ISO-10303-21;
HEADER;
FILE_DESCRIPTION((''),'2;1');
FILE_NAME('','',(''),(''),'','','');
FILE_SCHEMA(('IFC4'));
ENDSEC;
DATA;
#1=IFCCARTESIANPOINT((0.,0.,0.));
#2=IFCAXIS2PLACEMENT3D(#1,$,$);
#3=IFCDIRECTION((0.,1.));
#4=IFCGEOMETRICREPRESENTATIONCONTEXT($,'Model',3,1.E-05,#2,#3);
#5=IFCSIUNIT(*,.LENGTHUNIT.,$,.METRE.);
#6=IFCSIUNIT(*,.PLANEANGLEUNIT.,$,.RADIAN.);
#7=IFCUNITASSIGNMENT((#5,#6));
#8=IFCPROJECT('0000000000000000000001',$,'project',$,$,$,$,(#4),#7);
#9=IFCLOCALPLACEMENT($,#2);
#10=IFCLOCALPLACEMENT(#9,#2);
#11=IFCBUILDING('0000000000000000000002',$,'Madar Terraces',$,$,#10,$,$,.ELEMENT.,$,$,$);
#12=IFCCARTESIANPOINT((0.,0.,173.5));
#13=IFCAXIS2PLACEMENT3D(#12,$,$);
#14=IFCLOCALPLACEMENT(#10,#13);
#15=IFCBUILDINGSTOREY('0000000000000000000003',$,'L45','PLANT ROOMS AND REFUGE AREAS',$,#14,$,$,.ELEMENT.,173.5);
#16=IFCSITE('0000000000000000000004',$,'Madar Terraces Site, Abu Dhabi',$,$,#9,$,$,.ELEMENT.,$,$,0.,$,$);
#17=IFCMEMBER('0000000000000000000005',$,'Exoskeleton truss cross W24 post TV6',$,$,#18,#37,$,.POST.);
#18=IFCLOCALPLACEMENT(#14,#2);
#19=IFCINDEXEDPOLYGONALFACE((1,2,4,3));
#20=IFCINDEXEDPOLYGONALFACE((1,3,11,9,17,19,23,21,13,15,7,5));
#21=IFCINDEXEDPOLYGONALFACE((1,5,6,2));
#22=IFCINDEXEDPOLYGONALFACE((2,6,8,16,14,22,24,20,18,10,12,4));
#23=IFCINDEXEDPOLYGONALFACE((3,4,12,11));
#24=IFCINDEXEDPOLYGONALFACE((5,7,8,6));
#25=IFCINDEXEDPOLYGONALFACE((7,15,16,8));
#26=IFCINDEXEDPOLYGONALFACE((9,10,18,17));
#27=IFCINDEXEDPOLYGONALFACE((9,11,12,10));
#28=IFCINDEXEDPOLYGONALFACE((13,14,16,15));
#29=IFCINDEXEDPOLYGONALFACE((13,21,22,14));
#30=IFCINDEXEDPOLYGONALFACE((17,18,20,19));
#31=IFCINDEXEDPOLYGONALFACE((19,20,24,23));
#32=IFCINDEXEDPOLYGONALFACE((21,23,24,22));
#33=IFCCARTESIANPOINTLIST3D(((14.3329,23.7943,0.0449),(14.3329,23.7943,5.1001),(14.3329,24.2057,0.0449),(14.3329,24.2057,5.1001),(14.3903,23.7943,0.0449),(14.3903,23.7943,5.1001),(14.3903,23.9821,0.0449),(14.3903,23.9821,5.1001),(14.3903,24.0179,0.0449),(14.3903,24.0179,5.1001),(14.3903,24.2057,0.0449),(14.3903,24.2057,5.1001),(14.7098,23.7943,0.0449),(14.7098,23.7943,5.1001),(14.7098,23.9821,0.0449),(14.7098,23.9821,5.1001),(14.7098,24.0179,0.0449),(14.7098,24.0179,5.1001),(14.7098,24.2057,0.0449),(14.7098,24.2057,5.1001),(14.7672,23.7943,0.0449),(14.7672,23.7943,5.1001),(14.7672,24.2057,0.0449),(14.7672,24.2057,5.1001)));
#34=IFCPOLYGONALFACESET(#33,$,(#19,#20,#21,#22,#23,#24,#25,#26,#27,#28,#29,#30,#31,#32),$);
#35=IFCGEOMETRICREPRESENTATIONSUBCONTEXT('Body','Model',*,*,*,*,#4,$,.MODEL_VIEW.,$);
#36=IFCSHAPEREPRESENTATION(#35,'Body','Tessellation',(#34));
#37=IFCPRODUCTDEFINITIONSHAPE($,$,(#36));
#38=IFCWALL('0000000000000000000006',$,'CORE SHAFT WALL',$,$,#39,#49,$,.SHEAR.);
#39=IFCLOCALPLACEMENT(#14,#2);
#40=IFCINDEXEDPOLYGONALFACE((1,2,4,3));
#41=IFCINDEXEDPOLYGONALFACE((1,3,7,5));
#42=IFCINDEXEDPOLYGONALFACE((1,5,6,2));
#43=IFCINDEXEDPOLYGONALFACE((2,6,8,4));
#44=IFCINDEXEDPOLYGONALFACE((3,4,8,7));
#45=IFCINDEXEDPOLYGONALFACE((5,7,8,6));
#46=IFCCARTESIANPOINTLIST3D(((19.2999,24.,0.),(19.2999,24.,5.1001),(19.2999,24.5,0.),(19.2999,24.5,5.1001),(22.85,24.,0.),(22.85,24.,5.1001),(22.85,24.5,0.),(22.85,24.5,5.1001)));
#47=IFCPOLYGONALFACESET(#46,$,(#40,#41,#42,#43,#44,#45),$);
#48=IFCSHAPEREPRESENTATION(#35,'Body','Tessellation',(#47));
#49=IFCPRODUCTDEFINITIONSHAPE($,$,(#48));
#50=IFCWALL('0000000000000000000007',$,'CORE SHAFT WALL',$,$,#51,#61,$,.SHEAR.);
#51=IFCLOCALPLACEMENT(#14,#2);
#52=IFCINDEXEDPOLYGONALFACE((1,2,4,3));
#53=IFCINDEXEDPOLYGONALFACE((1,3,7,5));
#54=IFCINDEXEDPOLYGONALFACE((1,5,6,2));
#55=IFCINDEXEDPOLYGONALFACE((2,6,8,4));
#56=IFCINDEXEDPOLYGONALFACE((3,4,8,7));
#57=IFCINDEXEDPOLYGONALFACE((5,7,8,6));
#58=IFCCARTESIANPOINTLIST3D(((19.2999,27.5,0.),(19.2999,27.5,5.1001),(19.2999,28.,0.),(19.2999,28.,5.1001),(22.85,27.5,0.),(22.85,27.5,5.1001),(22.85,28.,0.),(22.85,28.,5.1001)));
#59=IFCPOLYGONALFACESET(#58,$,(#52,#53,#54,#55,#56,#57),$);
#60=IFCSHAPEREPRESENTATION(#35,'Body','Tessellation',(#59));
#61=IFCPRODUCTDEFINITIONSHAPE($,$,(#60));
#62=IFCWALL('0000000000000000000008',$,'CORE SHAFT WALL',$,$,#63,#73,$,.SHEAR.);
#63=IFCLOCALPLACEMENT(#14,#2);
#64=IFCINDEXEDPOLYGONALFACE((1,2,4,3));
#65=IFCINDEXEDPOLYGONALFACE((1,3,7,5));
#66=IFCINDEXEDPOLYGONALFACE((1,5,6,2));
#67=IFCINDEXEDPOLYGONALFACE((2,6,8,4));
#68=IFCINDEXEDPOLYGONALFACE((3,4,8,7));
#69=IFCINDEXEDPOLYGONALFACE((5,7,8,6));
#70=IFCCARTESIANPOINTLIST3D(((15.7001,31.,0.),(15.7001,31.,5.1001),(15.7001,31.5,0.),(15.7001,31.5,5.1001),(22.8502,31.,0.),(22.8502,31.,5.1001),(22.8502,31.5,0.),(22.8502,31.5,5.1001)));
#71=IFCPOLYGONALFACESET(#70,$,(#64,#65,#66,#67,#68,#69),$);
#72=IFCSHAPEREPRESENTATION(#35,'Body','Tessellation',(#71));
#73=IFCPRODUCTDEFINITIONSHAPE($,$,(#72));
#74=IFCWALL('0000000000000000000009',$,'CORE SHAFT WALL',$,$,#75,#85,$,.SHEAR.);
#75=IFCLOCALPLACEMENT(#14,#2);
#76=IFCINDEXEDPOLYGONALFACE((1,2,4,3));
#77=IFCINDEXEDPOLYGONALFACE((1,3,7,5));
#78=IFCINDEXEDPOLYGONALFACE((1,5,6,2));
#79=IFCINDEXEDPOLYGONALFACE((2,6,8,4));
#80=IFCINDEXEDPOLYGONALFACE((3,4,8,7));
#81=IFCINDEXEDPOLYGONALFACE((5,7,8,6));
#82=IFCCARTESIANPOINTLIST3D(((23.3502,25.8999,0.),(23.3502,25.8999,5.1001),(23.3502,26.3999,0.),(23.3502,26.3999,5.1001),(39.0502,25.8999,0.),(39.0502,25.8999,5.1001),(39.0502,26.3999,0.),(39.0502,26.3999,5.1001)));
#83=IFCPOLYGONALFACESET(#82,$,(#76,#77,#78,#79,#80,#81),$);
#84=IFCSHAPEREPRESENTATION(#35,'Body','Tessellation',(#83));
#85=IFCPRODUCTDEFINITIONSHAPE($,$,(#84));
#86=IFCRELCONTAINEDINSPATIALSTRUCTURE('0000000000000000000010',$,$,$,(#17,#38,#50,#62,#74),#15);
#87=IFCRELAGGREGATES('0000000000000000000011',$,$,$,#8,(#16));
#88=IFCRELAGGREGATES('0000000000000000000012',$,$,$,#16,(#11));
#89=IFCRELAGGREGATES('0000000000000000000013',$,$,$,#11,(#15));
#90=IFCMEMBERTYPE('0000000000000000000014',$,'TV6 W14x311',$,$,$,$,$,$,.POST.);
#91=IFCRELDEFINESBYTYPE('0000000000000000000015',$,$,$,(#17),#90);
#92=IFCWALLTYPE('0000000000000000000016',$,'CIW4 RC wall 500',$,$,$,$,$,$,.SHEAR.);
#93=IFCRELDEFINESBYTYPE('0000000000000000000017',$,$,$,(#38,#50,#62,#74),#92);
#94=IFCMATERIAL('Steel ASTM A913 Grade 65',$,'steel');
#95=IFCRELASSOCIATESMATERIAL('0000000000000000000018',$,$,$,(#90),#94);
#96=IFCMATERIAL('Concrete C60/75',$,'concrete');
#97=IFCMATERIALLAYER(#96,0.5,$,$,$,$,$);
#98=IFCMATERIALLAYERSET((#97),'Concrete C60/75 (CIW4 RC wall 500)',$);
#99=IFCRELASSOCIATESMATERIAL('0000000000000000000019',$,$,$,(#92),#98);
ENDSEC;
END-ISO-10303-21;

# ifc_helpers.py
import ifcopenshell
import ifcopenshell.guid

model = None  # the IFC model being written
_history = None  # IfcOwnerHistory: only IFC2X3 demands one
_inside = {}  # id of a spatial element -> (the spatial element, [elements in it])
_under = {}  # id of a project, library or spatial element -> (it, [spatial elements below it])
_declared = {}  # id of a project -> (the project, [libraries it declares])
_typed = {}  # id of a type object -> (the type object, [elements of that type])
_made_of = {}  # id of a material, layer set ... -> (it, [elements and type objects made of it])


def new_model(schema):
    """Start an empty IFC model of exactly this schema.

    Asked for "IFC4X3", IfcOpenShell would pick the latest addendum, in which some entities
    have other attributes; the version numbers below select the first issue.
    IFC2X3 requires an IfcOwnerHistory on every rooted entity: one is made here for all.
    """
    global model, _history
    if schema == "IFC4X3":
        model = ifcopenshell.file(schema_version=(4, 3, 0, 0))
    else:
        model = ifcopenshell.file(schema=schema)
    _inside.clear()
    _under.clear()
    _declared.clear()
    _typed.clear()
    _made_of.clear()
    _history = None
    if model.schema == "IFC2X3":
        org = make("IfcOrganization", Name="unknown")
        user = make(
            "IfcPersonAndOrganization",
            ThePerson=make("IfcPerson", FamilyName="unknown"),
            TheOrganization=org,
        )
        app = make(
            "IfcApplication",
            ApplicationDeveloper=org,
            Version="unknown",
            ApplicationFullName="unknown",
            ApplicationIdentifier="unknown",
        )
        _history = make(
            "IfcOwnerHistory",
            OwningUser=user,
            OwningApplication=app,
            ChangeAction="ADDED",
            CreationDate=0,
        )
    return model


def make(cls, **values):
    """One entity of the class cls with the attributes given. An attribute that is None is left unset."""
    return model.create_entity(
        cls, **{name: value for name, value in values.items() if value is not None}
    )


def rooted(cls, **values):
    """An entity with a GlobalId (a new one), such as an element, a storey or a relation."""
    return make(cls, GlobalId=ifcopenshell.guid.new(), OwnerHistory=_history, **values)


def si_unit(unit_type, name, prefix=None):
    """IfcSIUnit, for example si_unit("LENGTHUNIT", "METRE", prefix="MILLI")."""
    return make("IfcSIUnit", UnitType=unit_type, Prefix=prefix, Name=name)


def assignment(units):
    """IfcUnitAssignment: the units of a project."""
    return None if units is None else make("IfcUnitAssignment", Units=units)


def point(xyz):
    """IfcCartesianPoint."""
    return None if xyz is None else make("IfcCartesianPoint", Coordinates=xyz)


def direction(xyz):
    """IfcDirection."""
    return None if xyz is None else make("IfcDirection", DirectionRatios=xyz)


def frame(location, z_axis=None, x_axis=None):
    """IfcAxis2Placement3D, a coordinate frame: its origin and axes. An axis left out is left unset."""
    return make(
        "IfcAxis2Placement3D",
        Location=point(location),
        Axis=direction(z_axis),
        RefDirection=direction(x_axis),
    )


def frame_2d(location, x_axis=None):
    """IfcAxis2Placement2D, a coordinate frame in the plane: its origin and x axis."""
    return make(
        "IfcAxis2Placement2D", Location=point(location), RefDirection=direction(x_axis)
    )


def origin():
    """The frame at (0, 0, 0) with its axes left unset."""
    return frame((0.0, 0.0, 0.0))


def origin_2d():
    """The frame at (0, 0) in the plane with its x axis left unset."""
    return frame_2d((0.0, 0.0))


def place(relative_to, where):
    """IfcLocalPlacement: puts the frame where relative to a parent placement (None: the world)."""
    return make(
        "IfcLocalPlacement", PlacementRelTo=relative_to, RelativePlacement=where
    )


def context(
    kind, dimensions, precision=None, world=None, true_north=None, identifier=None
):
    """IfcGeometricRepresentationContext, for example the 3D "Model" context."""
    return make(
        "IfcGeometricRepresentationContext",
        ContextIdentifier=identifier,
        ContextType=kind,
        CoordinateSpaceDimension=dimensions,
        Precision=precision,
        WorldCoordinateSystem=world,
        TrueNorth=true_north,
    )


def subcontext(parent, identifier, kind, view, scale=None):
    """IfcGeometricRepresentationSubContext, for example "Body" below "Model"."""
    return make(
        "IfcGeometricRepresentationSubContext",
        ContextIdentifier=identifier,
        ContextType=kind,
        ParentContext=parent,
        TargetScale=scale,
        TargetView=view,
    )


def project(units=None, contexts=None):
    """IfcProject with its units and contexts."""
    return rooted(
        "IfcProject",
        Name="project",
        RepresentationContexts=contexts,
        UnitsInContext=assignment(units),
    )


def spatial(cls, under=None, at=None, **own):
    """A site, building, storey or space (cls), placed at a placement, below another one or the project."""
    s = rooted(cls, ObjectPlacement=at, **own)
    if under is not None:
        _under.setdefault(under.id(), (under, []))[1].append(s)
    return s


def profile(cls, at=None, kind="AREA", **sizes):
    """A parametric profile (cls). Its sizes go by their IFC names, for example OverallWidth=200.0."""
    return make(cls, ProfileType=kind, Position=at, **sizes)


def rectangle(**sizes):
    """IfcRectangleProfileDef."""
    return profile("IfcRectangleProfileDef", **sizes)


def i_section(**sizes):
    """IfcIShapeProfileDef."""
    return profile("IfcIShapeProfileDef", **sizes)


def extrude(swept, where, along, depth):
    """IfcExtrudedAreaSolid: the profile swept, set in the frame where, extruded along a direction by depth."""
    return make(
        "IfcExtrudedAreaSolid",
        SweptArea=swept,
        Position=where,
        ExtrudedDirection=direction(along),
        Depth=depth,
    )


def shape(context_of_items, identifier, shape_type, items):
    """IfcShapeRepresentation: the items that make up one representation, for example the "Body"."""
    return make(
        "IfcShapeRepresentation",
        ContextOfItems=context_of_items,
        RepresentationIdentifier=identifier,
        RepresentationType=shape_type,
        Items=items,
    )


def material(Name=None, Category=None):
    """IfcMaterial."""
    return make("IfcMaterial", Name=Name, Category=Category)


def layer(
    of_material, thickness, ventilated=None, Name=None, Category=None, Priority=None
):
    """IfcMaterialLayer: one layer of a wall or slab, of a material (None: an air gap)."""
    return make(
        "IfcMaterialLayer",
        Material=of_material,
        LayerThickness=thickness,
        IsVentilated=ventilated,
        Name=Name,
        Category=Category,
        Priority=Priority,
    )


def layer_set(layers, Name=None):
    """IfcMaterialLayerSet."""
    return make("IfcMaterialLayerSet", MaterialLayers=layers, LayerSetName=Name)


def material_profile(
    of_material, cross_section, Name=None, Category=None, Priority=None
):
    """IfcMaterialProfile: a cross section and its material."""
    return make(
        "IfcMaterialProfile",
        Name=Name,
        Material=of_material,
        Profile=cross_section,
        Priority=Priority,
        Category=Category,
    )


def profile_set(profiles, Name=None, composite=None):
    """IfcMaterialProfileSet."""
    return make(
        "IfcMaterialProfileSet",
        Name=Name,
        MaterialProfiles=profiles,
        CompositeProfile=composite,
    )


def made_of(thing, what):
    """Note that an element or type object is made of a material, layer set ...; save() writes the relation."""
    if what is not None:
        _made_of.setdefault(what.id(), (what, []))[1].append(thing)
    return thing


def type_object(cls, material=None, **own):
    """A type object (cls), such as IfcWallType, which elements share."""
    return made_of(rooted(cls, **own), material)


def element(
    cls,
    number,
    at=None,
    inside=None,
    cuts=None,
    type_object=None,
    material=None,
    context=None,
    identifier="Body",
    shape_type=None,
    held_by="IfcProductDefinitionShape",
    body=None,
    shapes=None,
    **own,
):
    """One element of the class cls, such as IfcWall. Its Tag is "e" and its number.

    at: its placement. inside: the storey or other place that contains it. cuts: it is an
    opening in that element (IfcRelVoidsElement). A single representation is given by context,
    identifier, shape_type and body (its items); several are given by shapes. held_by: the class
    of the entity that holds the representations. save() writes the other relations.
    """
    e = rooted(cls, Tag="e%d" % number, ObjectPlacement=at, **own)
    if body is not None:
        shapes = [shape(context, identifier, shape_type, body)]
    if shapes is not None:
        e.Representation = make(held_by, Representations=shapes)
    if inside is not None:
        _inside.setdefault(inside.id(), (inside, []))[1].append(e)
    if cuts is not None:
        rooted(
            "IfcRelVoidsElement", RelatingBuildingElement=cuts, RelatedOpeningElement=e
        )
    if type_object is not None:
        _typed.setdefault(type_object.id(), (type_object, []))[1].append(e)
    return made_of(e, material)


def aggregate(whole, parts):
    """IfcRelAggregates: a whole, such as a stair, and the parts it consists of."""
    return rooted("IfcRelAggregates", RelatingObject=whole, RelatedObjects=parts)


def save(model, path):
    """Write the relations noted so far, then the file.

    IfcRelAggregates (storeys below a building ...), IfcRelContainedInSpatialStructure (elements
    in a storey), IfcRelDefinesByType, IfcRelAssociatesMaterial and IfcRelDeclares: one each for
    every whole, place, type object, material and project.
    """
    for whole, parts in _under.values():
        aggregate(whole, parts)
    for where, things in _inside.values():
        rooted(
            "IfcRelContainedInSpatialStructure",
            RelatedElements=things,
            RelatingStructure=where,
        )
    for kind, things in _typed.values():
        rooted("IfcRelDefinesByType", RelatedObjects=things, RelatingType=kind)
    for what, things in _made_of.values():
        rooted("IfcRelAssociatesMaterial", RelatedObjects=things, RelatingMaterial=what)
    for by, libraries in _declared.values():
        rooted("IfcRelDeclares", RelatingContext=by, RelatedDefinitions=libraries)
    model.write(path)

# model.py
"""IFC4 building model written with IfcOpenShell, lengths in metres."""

from ifc_helpers import new_model, si_unit, direction, frame, frame_2d, origin, origin_2d, place, context, subcontext, project, spatial, rectangle, i_section, extrude, material, layer, layer_set, material_profile, profile_set, type_object, element, save


model = new_model("IFC4")

# Units and contexts
model_context = context("Model", 3, precision=1e-05, world=origin(), true_north=direction((0.0, 1.0)))
body_context = subcontext(model_context, "Body", "Model", "MODEL_VIEW")
ifc_project = project(units=[si_unit("LENGTHUNIT", "METRE"), si_unit("PLANEANGLEUNIT", "RADIAN")], contexts=[model_context])

# Site, building, storey
site_placement = place(None, origin())
site = spatial("IfcSite", under=ifc_project, at=site_placement, Name="Madar Terraces Site, Abu Dhabi", CompositionType="ELEMENT", RefElevation=0.0)
building_placement = place(site_placement, origin())
building = spatial("IfcBuilding", under=site, at=building_placement, Name="Madar Terraces", CompositionType="ELEMENT")
storey_placement = place(building_placement, frame((0.0, 0.0, 173.5)))
storey = spatial("IfcBuildingStorey", under=building, at=storey_placement, Name="L45", Description="PLANT ROOMS AND REFUGE AREAS", CompositionType="ELEMENT", Elevation=173.5)

# Member
ifc_material_1 = material(Name="Steel ASTM A913 Grade 65", Category="steel")
ifc_material_profile = material_profile(ifc_material_1, i_section(OverallWidth=0.4114, OverallDepth=0.4343, WebThickness=0.0359, FlangeThickness=0.0574, at=origin_2d()), Name="W14x311")
ifc_profile_set = profile_set([ifc_material_profile], Name="Steel ASTM A913 Grade 65")
member_type = type_object("IfcMemberType", Name="TV6 W14x311", PredefinedType="POST", material=ifc_profile_set)
member_placement = place(storey_placement, frame((14.55, 24.0, 0.0449), z_axis=(0.0, 0.0, 1.0), x_axis=(0.0, 1.0, 0.0)))
element("IfcMember", 1, at=member_placement, inside=storey, type_object=member_type, Name="Exoskeleton truss cross W24 post TV6", PredefinedType="POST", context=body_context, shape_type="SweptSolid", body=[
    extrude(i_section(OverallWidth=0.4114, OverallDepth=0.4343, WebThickness=0.0359, FlangeThickness=0.0574, at=origin_2d()), origin(), (0.0, 0.0, 1.0), 5.0552),
])

# Walls
ifc_material_2 = material(Name="Concrete C60/75", Category="concrete")
ifc_layer_1 = layer(ifc_material_2, 0.5)
ifc_layer_set_1 = layer_set([ifc_layer_1], Name="Concrete C60/75 (CIW4 RC wall 500)")
wall_type_1 = type_object("IfcWallType", Name="CIW4 RC wall 500", PredefinedType="SHEAR", material=ifc_layer_set_1)
for number, where, z_axis, x_axis, name in (
    (2, (19.3, 24.25, 0.0), (0.0, 0.0, 1.0), (1.0, 0.0, 0.0), "CORE SHAFT WALL"),
    (3, (19.3, 27.75, 0.0), (0.0, 0.0, 1.0), (1.0, 0.0, 0.0), "CORE SHAFT WALL"),
):
    element("IfcWall", number, at=place(storey_placement, frame(where, z_axis=z_axis, x_axis=x_axis)), inside=storey, type_object=wall_type_1, Name=name, PredefinedType="SHEAR", context=body_context, shape_type="SweptSolid", body=[
        extrude(rectangle(XDim=3.55, YDim=0.5, at=frame_2d((1.7749, 0.0))), origin(), (0.0, 0.0, 1.0), 5.1001),
    ])
wall_1_placement = place(storey_placement, frame((15.7, 31.25, 0.0), z_axis=(0.0, 0.0, 1.0), x_axis=(1.0, 0.0, 0.0)))
element("IfcWall", 4, at=wall_1_placement, inside=storey, type_object=wall_type_1, Name="CORE SHAFT WALL", PredefinedType="SHEAR", context=body_context, shape_type="SweptSolid", body=[
    extrude(rectangle(XDim=7.1501, YDim=0.5, at=frame_2d((3.5752, 0.0))), origin(), (0.0, 0.0, 1.0), 5.1001),
])
wall_2_placement = place(storey_placement, frame((23.3501, 26.1499, 0.0), z_axis=(0.0, 0.0, 1.0), x_axis=(1.0, 0.0, 0.0)))
element("IfcWall", 5, at=wall_2_placement, inside=storey, type_object=wall_type_1, Name="CORE SHAFT WALL", PredefinedType="SHEAR", context=body_context, shape_type="SweptSolid", body=[
    extrude(rectangle(XDim=15.7, YDim=0.5, at=frame_2d((7.8501, 0.0))), origin(), (0.0, 0.0, 1.0), 5.1001),
])

save(model, "model.ifc")
